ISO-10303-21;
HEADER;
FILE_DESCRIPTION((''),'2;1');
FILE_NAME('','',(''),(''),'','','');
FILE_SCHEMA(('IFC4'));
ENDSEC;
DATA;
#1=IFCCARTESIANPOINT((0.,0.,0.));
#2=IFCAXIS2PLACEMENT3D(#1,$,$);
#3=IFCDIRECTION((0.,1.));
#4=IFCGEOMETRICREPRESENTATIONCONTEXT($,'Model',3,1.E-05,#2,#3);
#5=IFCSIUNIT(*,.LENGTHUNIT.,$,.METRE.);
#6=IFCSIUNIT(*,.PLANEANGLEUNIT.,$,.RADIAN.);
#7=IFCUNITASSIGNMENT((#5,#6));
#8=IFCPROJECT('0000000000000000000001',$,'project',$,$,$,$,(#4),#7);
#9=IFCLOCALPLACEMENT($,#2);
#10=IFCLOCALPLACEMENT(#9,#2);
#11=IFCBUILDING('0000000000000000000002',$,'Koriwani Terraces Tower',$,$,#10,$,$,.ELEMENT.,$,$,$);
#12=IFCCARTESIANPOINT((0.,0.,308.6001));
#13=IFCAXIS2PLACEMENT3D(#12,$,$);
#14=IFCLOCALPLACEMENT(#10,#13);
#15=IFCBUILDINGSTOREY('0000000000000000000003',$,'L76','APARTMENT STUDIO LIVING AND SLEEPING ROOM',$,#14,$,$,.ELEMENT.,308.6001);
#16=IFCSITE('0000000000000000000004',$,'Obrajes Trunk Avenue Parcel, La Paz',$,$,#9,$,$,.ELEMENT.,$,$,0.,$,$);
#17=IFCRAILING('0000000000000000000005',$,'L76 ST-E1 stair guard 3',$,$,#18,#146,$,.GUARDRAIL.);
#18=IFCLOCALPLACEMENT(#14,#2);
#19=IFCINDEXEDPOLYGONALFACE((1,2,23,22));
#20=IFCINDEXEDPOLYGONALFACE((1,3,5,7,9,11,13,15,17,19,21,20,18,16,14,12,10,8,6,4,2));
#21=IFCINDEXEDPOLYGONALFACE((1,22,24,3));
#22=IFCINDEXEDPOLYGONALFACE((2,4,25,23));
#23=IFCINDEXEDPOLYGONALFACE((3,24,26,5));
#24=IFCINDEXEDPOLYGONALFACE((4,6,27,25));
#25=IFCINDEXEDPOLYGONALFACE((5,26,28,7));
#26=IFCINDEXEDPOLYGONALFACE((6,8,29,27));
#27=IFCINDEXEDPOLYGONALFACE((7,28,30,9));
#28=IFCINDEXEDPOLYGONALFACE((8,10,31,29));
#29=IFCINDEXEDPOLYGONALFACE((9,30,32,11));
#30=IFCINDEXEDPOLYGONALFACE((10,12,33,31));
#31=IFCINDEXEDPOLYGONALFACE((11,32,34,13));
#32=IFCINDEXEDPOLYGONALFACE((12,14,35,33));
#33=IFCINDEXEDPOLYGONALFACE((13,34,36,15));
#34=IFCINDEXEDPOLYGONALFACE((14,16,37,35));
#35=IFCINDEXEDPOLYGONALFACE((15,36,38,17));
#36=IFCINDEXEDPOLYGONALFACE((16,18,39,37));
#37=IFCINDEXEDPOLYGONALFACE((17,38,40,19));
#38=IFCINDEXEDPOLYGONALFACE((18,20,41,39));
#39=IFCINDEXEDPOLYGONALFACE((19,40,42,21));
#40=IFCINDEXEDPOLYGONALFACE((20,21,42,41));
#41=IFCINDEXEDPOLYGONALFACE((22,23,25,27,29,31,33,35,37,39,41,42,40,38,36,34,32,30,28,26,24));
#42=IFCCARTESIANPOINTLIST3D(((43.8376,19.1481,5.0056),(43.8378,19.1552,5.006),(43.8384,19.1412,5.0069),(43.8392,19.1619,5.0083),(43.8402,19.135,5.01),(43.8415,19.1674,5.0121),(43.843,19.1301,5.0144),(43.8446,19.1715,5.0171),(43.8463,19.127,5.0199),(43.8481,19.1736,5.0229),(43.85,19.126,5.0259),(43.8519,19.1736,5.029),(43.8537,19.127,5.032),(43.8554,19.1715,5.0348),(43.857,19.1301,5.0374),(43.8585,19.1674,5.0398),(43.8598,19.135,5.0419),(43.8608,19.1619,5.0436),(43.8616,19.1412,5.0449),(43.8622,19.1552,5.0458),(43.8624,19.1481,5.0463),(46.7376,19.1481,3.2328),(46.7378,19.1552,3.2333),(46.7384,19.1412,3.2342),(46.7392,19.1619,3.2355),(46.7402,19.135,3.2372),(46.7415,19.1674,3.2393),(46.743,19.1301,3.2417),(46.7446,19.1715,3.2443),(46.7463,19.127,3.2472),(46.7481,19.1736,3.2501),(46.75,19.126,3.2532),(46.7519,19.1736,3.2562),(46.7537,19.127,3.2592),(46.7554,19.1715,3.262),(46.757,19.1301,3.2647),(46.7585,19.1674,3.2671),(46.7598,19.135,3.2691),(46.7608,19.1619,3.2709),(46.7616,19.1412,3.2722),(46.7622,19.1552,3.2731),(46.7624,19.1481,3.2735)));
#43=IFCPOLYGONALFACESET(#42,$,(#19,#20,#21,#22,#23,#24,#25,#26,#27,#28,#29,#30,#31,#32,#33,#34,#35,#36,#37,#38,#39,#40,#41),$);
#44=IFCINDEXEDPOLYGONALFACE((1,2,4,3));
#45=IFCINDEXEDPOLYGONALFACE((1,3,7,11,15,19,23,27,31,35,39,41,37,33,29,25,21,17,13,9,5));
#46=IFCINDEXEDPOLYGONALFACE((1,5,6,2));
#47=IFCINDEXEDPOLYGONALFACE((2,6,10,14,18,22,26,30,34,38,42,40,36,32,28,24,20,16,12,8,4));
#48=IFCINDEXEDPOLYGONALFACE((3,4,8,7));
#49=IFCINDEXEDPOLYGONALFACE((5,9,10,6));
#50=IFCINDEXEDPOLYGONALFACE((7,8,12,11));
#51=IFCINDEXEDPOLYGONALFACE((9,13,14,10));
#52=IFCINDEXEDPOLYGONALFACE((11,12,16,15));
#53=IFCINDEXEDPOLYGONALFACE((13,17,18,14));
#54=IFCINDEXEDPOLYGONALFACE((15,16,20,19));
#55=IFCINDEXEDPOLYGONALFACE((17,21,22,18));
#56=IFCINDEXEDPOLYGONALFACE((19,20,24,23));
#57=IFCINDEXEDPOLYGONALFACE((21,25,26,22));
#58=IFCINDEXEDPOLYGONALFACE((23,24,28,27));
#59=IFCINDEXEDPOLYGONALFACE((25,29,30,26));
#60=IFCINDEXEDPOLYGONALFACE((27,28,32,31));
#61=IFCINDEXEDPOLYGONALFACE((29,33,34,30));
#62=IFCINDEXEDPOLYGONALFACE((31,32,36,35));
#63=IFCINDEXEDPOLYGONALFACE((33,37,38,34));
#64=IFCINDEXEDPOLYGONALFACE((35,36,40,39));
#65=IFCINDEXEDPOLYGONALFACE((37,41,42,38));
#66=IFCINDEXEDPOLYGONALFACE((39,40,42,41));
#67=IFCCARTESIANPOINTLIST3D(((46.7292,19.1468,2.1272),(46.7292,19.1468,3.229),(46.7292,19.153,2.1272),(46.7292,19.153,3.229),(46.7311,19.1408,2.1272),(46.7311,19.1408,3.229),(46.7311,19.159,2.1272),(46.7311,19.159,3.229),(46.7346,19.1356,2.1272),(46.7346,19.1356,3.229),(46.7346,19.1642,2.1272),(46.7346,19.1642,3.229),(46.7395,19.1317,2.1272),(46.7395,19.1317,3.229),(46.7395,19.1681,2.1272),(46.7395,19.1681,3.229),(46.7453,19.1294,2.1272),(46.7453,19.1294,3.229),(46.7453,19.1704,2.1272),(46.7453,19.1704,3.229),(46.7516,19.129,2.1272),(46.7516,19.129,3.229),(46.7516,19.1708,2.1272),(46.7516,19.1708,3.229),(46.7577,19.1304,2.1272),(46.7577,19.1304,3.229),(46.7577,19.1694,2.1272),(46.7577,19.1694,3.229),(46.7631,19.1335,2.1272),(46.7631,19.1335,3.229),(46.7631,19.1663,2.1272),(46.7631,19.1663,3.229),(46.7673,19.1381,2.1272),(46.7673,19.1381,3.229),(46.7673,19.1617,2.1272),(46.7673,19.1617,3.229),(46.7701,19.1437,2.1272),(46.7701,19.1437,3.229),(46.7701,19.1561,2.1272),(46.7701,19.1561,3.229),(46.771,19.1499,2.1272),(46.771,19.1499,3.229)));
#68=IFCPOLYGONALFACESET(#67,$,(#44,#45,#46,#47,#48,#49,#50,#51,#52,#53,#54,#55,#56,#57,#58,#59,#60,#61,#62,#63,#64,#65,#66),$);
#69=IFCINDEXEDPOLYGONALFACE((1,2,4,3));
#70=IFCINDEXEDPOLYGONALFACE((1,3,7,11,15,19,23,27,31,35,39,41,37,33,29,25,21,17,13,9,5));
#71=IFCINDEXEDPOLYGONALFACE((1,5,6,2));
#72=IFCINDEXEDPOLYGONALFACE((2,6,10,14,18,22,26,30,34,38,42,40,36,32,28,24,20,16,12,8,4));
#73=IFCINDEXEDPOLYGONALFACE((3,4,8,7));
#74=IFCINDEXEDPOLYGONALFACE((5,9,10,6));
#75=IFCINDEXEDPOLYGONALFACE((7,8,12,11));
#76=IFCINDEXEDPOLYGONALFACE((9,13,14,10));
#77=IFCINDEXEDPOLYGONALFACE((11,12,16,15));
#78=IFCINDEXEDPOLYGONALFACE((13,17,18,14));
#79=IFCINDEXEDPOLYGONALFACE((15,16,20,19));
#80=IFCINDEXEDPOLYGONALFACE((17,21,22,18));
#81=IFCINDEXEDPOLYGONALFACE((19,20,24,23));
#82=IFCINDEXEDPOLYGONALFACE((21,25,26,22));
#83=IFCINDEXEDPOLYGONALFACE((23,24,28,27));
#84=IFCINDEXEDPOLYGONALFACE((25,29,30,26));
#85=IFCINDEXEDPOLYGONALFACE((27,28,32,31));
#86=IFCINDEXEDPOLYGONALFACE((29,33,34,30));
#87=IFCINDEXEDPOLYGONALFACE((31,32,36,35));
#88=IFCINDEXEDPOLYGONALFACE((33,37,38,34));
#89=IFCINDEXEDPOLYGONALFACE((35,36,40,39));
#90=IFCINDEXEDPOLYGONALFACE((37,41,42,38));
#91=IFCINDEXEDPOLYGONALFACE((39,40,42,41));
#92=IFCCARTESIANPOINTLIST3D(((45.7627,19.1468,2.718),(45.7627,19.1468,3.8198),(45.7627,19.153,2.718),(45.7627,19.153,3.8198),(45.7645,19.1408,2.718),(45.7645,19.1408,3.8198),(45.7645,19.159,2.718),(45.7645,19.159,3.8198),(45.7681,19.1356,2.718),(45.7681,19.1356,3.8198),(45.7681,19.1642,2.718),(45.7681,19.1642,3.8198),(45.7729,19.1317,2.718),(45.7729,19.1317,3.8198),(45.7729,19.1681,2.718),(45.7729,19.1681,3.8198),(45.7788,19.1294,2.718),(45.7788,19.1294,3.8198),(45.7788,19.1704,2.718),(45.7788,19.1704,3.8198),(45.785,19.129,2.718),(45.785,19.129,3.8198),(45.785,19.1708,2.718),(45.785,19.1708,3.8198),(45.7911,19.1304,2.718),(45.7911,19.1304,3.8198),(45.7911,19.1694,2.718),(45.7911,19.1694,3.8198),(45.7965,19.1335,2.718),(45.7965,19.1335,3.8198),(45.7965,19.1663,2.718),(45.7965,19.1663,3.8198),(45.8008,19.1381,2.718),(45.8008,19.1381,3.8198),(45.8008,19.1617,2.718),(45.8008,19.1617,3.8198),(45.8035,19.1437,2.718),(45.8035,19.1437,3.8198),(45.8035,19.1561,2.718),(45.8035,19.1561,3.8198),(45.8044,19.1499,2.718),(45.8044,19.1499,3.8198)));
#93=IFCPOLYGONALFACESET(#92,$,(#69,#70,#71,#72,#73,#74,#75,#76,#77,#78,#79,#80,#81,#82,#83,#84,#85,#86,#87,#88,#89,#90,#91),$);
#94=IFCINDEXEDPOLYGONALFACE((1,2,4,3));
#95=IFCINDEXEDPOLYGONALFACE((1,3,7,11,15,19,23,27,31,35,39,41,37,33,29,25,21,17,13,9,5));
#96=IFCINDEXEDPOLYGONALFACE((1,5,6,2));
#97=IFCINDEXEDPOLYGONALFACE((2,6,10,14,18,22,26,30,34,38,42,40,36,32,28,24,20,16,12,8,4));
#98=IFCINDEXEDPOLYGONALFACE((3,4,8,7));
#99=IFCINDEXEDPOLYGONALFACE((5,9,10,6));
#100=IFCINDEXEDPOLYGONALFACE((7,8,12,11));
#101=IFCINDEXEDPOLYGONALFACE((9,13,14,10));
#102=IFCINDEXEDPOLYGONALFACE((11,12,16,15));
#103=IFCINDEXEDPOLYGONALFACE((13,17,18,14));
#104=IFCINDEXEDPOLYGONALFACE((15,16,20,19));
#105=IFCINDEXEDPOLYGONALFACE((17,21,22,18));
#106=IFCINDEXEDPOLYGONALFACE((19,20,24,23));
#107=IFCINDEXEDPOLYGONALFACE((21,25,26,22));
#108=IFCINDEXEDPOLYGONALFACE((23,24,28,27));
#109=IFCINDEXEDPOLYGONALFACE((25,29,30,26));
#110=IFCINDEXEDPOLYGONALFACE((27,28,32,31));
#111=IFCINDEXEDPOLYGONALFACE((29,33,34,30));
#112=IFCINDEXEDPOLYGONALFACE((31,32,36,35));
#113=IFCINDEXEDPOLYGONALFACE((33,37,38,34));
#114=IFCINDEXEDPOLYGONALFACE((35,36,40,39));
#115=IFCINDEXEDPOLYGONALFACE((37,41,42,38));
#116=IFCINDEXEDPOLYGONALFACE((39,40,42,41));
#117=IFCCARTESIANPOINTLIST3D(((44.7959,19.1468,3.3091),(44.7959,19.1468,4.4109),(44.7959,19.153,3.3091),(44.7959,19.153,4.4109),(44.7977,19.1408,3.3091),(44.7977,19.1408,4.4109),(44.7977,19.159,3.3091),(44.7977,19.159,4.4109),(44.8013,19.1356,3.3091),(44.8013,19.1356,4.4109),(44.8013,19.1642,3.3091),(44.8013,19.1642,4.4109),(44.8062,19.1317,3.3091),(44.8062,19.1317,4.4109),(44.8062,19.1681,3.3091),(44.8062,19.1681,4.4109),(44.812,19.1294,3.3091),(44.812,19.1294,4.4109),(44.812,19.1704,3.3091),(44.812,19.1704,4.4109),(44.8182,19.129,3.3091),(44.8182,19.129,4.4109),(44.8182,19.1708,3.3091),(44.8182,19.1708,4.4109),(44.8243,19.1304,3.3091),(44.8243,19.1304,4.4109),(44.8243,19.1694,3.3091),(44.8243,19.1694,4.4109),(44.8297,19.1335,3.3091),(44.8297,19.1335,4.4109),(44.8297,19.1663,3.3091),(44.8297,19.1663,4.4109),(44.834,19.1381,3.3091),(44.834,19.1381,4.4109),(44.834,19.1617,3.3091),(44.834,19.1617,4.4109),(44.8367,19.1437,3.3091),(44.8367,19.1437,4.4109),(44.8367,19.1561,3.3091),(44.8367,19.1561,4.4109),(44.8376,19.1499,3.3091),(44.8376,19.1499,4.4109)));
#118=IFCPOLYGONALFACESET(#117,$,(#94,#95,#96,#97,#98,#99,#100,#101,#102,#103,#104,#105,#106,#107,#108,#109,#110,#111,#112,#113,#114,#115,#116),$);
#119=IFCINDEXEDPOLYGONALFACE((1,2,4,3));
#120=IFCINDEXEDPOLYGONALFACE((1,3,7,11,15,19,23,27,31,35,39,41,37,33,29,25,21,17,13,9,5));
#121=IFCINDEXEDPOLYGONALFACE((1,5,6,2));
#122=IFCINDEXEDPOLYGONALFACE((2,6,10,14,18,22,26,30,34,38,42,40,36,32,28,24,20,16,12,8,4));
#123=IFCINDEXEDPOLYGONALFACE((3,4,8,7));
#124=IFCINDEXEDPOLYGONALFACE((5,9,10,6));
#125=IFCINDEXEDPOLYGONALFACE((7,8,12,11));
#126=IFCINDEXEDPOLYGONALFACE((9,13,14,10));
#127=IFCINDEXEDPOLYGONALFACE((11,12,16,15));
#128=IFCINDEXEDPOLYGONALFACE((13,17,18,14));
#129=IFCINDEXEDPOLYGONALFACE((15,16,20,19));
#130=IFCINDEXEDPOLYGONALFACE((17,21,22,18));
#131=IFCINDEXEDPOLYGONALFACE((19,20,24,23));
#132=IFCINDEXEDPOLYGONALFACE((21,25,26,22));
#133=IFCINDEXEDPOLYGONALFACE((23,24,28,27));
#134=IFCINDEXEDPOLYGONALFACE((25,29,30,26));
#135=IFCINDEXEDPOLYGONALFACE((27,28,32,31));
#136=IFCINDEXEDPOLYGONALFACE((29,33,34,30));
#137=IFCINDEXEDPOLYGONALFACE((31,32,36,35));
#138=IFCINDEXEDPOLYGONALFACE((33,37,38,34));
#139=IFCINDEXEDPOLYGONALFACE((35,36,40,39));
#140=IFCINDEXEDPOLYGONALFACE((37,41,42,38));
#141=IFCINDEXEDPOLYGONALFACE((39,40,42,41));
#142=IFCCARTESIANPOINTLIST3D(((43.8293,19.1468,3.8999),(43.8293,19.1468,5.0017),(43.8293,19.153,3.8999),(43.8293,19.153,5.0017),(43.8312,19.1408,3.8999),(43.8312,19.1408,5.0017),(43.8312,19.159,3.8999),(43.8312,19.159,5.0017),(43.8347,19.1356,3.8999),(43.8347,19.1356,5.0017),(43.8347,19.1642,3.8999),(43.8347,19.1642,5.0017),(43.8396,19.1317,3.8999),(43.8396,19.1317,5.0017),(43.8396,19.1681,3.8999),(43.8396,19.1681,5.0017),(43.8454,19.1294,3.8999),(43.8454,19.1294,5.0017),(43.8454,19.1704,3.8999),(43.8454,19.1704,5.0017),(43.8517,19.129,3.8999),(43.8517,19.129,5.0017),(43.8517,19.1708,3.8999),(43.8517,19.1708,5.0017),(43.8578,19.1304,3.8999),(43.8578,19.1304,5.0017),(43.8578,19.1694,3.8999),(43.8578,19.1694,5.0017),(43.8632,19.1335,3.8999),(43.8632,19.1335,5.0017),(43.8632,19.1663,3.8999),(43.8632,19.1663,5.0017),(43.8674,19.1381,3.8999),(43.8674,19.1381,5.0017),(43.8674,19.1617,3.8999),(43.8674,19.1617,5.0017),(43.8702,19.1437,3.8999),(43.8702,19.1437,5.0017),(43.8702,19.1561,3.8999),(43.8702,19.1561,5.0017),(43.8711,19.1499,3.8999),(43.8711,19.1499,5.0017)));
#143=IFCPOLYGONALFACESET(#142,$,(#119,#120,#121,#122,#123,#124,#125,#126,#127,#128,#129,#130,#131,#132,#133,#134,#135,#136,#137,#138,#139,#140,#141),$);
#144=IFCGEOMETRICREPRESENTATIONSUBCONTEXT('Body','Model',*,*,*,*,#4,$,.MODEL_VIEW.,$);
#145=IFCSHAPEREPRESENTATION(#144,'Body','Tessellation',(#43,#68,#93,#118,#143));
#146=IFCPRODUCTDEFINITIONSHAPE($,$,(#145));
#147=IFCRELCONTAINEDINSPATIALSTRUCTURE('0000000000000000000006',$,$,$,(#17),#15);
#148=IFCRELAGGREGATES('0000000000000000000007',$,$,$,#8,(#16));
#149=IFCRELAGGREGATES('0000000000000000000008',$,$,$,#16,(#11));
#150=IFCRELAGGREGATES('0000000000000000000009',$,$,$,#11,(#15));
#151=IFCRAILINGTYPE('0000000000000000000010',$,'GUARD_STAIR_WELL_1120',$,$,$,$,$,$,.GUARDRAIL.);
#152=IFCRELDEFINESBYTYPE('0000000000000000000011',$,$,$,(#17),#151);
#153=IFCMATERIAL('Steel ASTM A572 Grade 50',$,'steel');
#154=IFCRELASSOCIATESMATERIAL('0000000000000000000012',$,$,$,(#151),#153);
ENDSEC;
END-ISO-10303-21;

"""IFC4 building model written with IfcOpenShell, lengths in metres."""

from ifc_helpers import new_model, si_unit, direction, frame, origin, origin_2d, place, context, subcontext, project, spatial, circle, extrude, material, type_object, element, save


model = new_model("IFC4")

# Units and contexts
model_context = context("Model", 3, precision=1e-05, world=origin(), true_north=direction((0.0, 1.0)))
body_context = subcontext(model_context, "Body", "Model", "MODEL_VIEW")
ifc_project = project(units=[si_unit("LENGTHUNIT", "METRE"), si_unit("PLANEANGLEUNIT", "RADIAN")], contexts=[model_context])

# Site, building, storey
site_placement = place(None, origin())
site = spatial("IfcSite", under=ifc_project, at=site_placement, Name="Obrajes Trunk Avenue Parcel, La Paz", CompositionType="ELEMENT", RefElevation=0.0)
building_placement = place(site_placement, origin())
building = spatial("IfcBuilding", under=site, at=building_placement, Name="Koriwani Terraces Tower", CompositionType="ELEMENT")
storey_placement = place(building_placement, frame((0.0, 0.0, 308.6001)))
storey = spatial("IfcBuildingStorey", under=building, at=storey_placement, Name="L76", Description="APARTMENT STUDIO LIVING AND SLEEPING ROOM", CompositionType="ELEMENT", Elevation=308.6001)

# Shared definitions
ifc_material_1 = material(Name="Steel ASTM A572 Grade 50", Category="steel")

# Railing
railing_type_1 = type_object("IfcRailingType", Name="GUARD_STAIR_WELL_1120", PredefinedType="GUARDRAIL", material=ifc_material_1)
railing_1_placement = place(storey_placement, frame((46.75, 19.1499, 2.1272)))
element("IfcRailing", 1, at=railing_1_placement, inside=storey, type_object=railing_type_1, Name="L76 ST-E1 stair guard 3", PredefinedType="GUARDRAIL", context=body_context, shape_type="SweptSolid", body=[
    extrude(circle(Radius=0.0239, at=origin_2d()), frame((0.0, 0.0, 1.126), z_axis=(-0.853211, 0.0, 0.521566), x_axis=(0.0, -1.0, 0.0)), (0.0, 0.0, 1.0), 3.3989),
    extrude(circle(Radius=0.021, at=origin_2d()), origin(), (0.0, 0.0, 1.0), 1.1018),
    extrude(circle(Radius=0.021, at=origin_2d()), frame((-0.9666, 0.0, 0.5908)), (0.0, 0.0, 1.0), 1.1018),
    extrude(circle(Radius=0.021, at=origin_2d()), frame((-1.9333, 0.0, 1.1819)), (0.0, 0.0, 1.0), 1.1018),
    extrude(circle(Radius=0.021, at=origin_2d()), frame((-2.8999, 0.0, 1.7727)), (0.0, 0.0, 1.0), 1.1018),
])

save(model, "model.ifc")
